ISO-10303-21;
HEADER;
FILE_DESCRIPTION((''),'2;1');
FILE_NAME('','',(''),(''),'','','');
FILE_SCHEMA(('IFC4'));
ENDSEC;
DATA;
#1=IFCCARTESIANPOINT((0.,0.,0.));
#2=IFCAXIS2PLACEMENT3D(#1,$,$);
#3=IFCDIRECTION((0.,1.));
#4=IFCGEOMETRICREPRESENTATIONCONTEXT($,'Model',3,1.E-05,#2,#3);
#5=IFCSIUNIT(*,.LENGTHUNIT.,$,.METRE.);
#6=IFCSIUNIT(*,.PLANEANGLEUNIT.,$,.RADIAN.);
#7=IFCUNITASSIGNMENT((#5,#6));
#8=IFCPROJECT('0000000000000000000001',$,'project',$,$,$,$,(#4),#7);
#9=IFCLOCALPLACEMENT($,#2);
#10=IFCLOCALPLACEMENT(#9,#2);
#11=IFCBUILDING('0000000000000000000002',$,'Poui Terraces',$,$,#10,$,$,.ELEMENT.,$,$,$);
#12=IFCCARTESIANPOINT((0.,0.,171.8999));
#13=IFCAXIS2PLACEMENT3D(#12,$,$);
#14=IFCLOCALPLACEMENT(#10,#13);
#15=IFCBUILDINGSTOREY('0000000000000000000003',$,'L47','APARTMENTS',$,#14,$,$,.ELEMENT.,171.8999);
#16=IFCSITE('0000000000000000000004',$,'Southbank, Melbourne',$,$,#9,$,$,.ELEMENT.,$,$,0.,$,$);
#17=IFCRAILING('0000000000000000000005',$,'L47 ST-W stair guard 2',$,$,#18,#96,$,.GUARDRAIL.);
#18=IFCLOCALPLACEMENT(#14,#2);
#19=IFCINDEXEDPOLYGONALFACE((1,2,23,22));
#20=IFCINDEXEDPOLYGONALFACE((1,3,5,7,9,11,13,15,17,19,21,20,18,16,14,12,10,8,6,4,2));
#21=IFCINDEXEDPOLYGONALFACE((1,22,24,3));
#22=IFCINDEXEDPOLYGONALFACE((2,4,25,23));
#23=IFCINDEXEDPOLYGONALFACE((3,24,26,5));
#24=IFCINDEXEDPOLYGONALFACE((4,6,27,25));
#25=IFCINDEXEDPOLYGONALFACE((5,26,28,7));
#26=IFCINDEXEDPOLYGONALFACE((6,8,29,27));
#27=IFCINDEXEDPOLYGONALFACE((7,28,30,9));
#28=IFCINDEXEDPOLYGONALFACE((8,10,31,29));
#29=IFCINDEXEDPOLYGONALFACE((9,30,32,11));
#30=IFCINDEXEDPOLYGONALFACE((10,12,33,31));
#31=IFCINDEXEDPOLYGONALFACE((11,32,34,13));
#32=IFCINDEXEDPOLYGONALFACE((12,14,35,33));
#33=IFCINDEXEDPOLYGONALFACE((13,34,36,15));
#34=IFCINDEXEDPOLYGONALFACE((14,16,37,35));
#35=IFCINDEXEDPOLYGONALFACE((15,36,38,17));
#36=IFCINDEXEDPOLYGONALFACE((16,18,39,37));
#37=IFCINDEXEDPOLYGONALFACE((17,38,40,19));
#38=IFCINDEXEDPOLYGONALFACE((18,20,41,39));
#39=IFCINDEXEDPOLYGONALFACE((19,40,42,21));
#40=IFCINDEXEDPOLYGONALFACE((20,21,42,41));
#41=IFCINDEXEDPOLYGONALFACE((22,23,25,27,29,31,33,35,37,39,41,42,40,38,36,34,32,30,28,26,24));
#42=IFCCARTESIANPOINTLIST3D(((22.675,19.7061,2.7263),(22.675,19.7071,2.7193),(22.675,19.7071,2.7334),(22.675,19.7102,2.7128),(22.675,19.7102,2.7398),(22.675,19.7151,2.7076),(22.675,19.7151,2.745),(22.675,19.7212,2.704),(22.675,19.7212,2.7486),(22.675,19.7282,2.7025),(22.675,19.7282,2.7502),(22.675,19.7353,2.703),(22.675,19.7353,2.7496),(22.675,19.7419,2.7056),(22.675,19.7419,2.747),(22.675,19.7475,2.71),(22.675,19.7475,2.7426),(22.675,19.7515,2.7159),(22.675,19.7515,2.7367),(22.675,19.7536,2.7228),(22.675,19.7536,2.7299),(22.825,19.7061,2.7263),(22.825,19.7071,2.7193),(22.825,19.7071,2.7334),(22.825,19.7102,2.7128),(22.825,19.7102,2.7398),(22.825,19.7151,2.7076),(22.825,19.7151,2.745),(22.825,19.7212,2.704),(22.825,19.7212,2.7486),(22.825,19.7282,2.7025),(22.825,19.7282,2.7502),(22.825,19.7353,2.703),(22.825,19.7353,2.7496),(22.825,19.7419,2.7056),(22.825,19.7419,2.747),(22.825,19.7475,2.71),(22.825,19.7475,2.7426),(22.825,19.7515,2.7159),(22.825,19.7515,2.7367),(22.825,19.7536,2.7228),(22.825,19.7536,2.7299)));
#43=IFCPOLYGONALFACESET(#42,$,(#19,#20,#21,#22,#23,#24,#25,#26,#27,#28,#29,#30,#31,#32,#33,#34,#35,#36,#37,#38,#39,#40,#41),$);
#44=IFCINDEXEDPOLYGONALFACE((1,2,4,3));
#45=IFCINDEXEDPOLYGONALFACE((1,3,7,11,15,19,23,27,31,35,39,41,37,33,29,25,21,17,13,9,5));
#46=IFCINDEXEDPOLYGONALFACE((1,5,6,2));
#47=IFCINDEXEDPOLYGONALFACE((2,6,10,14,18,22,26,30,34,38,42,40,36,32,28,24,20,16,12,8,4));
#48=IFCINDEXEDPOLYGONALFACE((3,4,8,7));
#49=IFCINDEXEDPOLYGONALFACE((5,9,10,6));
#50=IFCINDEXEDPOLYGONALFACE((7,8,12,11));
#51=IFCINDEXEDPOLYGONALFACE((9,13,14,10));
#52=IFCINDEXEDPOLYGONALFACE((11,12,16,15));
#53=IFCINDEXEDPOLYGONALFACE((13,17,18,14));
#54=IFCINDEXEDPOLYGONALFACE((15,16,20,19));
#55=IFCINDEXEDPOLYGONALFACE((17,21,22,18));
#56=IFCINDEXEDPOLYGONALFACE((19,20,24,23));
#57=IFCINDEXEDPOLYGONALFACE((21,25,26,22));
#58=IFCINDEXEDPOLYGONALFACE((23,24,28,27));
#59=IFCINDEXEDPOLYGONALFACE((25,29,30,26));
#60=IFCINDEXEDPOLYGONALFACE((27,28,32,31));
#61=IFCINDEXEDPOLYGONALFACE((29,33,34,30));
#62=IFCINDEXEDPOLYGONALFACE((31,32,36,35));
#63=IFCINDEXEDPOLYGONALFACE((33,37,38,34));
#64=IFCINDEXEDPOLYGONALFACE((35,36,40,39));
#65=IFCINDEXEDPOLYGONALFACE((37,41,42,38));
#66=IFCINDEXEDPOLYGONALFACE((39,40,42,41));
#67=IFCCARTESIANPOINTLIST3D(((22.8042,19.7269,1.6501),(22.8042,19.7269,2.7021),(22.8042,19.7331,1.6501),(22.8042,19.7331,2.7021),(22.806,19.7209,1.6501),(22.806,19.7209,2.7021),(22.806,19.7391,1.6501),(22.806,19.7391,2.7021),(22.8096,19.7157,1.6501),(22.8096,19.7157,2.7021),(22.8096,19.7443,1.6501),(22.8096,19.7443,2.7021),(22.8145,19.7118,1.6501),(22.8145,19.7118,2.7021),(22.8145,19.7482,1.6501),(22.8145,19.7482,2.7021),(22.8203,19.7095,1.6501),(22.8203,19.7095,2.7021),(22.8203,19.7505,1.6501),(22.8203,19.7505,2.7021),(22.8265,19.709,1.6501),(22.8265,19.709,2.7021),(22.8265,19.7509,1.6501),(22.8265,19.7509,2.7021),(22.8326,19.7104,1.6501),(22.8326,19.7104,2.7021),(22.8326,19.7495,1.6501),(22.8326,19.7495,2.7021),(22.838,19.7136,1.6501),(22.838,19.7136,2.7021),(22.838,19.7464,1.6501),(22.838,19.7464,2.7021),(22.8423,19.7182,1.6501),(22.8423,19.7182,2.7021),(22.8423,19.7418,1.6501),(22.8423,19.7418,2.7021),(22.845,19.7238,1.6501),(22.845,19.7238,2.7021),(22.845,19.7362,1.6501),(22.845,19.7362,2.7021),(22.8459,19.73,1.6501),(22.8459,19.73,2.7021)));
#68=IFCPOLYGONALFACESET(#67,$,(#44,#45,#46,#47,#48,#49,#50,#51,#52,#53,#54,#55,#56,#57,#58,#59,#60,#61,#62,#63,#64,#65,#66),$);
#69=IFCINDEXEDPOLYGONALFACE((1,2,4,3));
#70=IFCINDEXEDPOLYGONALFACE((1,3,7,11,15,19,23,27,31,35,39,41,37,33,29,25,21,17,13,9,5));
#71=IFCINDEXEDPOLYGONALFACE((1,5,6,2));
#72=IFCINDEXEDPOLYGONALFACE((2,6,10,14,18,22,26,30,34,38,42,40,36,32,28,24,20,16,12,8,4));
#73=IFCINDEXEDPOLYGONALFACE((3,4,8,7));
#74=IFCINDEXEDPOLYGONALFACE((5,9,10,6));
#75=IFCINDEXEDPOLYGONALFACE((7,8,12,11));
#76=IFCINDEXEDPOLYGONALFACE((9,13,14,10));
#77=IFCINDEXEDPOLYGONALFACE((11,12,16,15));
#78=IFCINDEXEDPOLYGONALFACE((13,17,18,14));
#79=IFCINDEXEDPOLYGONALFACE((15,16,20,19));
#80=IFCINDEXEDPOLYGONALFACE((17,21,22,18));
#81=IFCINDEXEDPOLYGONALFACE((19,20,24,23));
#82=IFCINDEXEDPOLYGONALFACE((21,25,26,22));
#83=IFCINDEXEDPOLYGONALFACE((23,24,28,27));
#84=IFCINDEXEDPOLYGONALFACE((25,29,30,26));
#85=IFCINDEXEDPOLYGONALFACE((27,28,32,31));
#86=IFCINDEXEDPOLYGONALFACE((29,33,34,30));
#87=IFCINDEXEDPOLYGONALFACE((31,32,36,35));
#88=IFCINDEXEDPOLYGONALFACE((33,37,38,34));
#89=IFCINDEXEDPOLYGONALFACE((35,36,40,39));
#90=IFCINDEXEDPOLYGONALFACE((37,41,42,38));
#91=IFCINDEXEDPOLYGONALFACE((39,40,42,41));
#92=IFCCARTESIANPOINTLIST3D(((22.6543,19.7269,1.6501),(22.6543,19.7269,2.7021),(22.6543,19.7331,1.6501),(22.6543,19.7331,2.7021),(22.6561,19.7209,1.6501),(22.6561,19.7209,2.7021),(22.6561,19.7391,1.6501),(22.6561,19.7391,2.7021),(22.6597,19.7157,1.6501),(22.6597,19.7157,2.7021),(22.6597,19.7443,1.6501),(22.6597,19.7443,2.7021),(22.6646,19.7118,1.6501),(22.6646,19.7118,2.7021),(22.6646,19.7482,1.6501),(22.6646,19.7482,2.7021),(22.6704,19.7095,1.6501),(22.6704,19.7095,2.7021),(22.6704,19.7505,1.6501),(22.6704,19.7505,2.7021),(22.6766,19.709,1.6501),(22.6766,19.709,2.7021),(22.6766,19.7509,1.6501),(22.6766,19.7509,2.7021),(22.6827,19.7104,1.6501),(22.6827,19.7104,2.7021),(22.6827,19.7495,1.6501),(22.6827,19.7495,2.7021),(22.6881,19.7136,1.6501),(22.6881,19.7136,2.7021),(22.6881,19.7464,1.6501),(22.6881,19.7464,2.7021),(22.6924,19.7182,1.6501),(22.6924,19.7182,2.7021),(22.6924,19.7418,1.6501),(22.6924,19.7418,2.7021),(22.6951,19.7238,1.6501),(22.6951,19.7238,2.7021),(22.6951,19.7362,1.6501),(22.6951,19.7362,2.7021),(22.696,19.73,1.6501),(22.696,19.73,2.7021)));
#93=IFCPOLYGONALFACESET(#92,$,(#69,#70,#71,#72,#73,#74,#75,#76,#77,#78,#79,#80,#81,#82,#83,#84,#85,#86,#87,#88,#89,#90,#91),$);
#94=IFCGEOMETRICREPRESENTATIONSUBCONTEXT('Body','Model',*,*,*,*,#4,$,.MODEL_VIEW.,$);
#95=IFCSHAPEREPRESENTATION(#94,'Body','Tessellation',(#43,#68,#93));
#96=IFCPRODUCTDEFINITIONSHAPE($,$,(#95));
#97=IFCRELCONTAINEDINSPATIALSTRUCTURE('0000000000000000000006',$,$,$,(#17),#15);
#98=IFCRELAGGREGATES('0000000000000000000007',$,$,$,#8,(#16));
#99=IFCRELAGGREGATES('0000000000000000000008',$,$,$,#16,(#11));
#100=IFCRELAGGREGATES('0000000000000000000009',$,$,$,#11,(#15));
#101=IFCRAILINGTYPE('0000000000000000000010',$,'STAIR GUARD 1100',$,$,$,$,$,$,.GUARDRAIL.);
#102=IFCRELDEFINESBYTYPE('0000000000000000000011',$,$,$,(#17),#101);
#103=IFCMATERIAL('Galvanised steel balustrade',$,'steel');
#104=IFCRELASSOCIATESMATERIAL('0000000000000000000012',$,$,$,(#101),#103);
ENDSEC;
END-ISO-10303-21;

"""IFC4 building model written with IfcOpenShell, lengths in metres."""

from ifc_helpers import new_model, si_unit, direction, frame, origin, origin_2d, place, context, subcontext, project, spatial, circle, extrude, material, type_object, element, save


model = new_model("IFC4")

# Units and contexts
model_context = context("Model", 3, precision=1e-05, world=origin(), true_north=direction((0.0, 1.0)))
body_context = subcontext(model_context, "Body", "Model", "MODEL_VIEW")
ifc_project = project(units=[si_unit("LENGTHUNIT", "METRE"), si_unit("PLANEANGLEUNIT", "RADIAN")], contexts=[model_context])

# Site, building, storey
site_placement = place(None, origin())
site = spatial("IfcSite", under=ifc_project, at=site_placement, Name="Southbank, Melbourne", CompositionType="ELEMENT", RefElevation=0.0)
building_placement = place(site_placement, origin())
building = spatial("IfcBuilding", under=site, at=building_placement, Name="Poui Terraces", CompositionType="ELEMENT")
storey_placement = place(building_placement, frame((0.0, 0.0, 171.8999)))
storey = spatial("IfcBuildingStorey", under=building, at=storey_placement, Name="L47", Description="APARTMENTS", CompositionType="ELEMENT", Elevation=171.8999)

# Railing
ifc_material_1 = material(Name="Galvanised steel balustrade", Category="steel")
railing_type_1 = type_object("IfcRailingType", Name="STAIR GUARD 1100", PredefinedType="GUARDRAIL", material=ifc_material_1)
railing_1_placement = place(storey_placement, frame((22.825, 19.73, 1.6501)))
element("IfcRailing", 1, at=railing_1_placement, inside=storey, type_object=railing_type_1, Name="L47 ST-W stair guard 2", PredefinedType="GUARDRAIL", context=body_context, shape_type="SweptSolid", body=[
    extrude(circle(Radius=0.0239, at=origin_2d()), frame((0.0, 0.0, 1.0762), z_axis=(-1.0, 0.0, 0.0), x_axis=(0.0, -1.0, 0.0)), (0.0, 0.0, 1.0), 0.1499),
    extrude(circle(Radius=0.021, at=origin_2d()), origin(), (0.0, 0.0, 1.0), 1.052),
    extrude(circle(Radius=0.021, at=origin_2d()), frame((-0.1499, 0.0, 0.0)), (0.0, 0.0, 1.0), 1.052),
])

save(model, "model.ifc")
